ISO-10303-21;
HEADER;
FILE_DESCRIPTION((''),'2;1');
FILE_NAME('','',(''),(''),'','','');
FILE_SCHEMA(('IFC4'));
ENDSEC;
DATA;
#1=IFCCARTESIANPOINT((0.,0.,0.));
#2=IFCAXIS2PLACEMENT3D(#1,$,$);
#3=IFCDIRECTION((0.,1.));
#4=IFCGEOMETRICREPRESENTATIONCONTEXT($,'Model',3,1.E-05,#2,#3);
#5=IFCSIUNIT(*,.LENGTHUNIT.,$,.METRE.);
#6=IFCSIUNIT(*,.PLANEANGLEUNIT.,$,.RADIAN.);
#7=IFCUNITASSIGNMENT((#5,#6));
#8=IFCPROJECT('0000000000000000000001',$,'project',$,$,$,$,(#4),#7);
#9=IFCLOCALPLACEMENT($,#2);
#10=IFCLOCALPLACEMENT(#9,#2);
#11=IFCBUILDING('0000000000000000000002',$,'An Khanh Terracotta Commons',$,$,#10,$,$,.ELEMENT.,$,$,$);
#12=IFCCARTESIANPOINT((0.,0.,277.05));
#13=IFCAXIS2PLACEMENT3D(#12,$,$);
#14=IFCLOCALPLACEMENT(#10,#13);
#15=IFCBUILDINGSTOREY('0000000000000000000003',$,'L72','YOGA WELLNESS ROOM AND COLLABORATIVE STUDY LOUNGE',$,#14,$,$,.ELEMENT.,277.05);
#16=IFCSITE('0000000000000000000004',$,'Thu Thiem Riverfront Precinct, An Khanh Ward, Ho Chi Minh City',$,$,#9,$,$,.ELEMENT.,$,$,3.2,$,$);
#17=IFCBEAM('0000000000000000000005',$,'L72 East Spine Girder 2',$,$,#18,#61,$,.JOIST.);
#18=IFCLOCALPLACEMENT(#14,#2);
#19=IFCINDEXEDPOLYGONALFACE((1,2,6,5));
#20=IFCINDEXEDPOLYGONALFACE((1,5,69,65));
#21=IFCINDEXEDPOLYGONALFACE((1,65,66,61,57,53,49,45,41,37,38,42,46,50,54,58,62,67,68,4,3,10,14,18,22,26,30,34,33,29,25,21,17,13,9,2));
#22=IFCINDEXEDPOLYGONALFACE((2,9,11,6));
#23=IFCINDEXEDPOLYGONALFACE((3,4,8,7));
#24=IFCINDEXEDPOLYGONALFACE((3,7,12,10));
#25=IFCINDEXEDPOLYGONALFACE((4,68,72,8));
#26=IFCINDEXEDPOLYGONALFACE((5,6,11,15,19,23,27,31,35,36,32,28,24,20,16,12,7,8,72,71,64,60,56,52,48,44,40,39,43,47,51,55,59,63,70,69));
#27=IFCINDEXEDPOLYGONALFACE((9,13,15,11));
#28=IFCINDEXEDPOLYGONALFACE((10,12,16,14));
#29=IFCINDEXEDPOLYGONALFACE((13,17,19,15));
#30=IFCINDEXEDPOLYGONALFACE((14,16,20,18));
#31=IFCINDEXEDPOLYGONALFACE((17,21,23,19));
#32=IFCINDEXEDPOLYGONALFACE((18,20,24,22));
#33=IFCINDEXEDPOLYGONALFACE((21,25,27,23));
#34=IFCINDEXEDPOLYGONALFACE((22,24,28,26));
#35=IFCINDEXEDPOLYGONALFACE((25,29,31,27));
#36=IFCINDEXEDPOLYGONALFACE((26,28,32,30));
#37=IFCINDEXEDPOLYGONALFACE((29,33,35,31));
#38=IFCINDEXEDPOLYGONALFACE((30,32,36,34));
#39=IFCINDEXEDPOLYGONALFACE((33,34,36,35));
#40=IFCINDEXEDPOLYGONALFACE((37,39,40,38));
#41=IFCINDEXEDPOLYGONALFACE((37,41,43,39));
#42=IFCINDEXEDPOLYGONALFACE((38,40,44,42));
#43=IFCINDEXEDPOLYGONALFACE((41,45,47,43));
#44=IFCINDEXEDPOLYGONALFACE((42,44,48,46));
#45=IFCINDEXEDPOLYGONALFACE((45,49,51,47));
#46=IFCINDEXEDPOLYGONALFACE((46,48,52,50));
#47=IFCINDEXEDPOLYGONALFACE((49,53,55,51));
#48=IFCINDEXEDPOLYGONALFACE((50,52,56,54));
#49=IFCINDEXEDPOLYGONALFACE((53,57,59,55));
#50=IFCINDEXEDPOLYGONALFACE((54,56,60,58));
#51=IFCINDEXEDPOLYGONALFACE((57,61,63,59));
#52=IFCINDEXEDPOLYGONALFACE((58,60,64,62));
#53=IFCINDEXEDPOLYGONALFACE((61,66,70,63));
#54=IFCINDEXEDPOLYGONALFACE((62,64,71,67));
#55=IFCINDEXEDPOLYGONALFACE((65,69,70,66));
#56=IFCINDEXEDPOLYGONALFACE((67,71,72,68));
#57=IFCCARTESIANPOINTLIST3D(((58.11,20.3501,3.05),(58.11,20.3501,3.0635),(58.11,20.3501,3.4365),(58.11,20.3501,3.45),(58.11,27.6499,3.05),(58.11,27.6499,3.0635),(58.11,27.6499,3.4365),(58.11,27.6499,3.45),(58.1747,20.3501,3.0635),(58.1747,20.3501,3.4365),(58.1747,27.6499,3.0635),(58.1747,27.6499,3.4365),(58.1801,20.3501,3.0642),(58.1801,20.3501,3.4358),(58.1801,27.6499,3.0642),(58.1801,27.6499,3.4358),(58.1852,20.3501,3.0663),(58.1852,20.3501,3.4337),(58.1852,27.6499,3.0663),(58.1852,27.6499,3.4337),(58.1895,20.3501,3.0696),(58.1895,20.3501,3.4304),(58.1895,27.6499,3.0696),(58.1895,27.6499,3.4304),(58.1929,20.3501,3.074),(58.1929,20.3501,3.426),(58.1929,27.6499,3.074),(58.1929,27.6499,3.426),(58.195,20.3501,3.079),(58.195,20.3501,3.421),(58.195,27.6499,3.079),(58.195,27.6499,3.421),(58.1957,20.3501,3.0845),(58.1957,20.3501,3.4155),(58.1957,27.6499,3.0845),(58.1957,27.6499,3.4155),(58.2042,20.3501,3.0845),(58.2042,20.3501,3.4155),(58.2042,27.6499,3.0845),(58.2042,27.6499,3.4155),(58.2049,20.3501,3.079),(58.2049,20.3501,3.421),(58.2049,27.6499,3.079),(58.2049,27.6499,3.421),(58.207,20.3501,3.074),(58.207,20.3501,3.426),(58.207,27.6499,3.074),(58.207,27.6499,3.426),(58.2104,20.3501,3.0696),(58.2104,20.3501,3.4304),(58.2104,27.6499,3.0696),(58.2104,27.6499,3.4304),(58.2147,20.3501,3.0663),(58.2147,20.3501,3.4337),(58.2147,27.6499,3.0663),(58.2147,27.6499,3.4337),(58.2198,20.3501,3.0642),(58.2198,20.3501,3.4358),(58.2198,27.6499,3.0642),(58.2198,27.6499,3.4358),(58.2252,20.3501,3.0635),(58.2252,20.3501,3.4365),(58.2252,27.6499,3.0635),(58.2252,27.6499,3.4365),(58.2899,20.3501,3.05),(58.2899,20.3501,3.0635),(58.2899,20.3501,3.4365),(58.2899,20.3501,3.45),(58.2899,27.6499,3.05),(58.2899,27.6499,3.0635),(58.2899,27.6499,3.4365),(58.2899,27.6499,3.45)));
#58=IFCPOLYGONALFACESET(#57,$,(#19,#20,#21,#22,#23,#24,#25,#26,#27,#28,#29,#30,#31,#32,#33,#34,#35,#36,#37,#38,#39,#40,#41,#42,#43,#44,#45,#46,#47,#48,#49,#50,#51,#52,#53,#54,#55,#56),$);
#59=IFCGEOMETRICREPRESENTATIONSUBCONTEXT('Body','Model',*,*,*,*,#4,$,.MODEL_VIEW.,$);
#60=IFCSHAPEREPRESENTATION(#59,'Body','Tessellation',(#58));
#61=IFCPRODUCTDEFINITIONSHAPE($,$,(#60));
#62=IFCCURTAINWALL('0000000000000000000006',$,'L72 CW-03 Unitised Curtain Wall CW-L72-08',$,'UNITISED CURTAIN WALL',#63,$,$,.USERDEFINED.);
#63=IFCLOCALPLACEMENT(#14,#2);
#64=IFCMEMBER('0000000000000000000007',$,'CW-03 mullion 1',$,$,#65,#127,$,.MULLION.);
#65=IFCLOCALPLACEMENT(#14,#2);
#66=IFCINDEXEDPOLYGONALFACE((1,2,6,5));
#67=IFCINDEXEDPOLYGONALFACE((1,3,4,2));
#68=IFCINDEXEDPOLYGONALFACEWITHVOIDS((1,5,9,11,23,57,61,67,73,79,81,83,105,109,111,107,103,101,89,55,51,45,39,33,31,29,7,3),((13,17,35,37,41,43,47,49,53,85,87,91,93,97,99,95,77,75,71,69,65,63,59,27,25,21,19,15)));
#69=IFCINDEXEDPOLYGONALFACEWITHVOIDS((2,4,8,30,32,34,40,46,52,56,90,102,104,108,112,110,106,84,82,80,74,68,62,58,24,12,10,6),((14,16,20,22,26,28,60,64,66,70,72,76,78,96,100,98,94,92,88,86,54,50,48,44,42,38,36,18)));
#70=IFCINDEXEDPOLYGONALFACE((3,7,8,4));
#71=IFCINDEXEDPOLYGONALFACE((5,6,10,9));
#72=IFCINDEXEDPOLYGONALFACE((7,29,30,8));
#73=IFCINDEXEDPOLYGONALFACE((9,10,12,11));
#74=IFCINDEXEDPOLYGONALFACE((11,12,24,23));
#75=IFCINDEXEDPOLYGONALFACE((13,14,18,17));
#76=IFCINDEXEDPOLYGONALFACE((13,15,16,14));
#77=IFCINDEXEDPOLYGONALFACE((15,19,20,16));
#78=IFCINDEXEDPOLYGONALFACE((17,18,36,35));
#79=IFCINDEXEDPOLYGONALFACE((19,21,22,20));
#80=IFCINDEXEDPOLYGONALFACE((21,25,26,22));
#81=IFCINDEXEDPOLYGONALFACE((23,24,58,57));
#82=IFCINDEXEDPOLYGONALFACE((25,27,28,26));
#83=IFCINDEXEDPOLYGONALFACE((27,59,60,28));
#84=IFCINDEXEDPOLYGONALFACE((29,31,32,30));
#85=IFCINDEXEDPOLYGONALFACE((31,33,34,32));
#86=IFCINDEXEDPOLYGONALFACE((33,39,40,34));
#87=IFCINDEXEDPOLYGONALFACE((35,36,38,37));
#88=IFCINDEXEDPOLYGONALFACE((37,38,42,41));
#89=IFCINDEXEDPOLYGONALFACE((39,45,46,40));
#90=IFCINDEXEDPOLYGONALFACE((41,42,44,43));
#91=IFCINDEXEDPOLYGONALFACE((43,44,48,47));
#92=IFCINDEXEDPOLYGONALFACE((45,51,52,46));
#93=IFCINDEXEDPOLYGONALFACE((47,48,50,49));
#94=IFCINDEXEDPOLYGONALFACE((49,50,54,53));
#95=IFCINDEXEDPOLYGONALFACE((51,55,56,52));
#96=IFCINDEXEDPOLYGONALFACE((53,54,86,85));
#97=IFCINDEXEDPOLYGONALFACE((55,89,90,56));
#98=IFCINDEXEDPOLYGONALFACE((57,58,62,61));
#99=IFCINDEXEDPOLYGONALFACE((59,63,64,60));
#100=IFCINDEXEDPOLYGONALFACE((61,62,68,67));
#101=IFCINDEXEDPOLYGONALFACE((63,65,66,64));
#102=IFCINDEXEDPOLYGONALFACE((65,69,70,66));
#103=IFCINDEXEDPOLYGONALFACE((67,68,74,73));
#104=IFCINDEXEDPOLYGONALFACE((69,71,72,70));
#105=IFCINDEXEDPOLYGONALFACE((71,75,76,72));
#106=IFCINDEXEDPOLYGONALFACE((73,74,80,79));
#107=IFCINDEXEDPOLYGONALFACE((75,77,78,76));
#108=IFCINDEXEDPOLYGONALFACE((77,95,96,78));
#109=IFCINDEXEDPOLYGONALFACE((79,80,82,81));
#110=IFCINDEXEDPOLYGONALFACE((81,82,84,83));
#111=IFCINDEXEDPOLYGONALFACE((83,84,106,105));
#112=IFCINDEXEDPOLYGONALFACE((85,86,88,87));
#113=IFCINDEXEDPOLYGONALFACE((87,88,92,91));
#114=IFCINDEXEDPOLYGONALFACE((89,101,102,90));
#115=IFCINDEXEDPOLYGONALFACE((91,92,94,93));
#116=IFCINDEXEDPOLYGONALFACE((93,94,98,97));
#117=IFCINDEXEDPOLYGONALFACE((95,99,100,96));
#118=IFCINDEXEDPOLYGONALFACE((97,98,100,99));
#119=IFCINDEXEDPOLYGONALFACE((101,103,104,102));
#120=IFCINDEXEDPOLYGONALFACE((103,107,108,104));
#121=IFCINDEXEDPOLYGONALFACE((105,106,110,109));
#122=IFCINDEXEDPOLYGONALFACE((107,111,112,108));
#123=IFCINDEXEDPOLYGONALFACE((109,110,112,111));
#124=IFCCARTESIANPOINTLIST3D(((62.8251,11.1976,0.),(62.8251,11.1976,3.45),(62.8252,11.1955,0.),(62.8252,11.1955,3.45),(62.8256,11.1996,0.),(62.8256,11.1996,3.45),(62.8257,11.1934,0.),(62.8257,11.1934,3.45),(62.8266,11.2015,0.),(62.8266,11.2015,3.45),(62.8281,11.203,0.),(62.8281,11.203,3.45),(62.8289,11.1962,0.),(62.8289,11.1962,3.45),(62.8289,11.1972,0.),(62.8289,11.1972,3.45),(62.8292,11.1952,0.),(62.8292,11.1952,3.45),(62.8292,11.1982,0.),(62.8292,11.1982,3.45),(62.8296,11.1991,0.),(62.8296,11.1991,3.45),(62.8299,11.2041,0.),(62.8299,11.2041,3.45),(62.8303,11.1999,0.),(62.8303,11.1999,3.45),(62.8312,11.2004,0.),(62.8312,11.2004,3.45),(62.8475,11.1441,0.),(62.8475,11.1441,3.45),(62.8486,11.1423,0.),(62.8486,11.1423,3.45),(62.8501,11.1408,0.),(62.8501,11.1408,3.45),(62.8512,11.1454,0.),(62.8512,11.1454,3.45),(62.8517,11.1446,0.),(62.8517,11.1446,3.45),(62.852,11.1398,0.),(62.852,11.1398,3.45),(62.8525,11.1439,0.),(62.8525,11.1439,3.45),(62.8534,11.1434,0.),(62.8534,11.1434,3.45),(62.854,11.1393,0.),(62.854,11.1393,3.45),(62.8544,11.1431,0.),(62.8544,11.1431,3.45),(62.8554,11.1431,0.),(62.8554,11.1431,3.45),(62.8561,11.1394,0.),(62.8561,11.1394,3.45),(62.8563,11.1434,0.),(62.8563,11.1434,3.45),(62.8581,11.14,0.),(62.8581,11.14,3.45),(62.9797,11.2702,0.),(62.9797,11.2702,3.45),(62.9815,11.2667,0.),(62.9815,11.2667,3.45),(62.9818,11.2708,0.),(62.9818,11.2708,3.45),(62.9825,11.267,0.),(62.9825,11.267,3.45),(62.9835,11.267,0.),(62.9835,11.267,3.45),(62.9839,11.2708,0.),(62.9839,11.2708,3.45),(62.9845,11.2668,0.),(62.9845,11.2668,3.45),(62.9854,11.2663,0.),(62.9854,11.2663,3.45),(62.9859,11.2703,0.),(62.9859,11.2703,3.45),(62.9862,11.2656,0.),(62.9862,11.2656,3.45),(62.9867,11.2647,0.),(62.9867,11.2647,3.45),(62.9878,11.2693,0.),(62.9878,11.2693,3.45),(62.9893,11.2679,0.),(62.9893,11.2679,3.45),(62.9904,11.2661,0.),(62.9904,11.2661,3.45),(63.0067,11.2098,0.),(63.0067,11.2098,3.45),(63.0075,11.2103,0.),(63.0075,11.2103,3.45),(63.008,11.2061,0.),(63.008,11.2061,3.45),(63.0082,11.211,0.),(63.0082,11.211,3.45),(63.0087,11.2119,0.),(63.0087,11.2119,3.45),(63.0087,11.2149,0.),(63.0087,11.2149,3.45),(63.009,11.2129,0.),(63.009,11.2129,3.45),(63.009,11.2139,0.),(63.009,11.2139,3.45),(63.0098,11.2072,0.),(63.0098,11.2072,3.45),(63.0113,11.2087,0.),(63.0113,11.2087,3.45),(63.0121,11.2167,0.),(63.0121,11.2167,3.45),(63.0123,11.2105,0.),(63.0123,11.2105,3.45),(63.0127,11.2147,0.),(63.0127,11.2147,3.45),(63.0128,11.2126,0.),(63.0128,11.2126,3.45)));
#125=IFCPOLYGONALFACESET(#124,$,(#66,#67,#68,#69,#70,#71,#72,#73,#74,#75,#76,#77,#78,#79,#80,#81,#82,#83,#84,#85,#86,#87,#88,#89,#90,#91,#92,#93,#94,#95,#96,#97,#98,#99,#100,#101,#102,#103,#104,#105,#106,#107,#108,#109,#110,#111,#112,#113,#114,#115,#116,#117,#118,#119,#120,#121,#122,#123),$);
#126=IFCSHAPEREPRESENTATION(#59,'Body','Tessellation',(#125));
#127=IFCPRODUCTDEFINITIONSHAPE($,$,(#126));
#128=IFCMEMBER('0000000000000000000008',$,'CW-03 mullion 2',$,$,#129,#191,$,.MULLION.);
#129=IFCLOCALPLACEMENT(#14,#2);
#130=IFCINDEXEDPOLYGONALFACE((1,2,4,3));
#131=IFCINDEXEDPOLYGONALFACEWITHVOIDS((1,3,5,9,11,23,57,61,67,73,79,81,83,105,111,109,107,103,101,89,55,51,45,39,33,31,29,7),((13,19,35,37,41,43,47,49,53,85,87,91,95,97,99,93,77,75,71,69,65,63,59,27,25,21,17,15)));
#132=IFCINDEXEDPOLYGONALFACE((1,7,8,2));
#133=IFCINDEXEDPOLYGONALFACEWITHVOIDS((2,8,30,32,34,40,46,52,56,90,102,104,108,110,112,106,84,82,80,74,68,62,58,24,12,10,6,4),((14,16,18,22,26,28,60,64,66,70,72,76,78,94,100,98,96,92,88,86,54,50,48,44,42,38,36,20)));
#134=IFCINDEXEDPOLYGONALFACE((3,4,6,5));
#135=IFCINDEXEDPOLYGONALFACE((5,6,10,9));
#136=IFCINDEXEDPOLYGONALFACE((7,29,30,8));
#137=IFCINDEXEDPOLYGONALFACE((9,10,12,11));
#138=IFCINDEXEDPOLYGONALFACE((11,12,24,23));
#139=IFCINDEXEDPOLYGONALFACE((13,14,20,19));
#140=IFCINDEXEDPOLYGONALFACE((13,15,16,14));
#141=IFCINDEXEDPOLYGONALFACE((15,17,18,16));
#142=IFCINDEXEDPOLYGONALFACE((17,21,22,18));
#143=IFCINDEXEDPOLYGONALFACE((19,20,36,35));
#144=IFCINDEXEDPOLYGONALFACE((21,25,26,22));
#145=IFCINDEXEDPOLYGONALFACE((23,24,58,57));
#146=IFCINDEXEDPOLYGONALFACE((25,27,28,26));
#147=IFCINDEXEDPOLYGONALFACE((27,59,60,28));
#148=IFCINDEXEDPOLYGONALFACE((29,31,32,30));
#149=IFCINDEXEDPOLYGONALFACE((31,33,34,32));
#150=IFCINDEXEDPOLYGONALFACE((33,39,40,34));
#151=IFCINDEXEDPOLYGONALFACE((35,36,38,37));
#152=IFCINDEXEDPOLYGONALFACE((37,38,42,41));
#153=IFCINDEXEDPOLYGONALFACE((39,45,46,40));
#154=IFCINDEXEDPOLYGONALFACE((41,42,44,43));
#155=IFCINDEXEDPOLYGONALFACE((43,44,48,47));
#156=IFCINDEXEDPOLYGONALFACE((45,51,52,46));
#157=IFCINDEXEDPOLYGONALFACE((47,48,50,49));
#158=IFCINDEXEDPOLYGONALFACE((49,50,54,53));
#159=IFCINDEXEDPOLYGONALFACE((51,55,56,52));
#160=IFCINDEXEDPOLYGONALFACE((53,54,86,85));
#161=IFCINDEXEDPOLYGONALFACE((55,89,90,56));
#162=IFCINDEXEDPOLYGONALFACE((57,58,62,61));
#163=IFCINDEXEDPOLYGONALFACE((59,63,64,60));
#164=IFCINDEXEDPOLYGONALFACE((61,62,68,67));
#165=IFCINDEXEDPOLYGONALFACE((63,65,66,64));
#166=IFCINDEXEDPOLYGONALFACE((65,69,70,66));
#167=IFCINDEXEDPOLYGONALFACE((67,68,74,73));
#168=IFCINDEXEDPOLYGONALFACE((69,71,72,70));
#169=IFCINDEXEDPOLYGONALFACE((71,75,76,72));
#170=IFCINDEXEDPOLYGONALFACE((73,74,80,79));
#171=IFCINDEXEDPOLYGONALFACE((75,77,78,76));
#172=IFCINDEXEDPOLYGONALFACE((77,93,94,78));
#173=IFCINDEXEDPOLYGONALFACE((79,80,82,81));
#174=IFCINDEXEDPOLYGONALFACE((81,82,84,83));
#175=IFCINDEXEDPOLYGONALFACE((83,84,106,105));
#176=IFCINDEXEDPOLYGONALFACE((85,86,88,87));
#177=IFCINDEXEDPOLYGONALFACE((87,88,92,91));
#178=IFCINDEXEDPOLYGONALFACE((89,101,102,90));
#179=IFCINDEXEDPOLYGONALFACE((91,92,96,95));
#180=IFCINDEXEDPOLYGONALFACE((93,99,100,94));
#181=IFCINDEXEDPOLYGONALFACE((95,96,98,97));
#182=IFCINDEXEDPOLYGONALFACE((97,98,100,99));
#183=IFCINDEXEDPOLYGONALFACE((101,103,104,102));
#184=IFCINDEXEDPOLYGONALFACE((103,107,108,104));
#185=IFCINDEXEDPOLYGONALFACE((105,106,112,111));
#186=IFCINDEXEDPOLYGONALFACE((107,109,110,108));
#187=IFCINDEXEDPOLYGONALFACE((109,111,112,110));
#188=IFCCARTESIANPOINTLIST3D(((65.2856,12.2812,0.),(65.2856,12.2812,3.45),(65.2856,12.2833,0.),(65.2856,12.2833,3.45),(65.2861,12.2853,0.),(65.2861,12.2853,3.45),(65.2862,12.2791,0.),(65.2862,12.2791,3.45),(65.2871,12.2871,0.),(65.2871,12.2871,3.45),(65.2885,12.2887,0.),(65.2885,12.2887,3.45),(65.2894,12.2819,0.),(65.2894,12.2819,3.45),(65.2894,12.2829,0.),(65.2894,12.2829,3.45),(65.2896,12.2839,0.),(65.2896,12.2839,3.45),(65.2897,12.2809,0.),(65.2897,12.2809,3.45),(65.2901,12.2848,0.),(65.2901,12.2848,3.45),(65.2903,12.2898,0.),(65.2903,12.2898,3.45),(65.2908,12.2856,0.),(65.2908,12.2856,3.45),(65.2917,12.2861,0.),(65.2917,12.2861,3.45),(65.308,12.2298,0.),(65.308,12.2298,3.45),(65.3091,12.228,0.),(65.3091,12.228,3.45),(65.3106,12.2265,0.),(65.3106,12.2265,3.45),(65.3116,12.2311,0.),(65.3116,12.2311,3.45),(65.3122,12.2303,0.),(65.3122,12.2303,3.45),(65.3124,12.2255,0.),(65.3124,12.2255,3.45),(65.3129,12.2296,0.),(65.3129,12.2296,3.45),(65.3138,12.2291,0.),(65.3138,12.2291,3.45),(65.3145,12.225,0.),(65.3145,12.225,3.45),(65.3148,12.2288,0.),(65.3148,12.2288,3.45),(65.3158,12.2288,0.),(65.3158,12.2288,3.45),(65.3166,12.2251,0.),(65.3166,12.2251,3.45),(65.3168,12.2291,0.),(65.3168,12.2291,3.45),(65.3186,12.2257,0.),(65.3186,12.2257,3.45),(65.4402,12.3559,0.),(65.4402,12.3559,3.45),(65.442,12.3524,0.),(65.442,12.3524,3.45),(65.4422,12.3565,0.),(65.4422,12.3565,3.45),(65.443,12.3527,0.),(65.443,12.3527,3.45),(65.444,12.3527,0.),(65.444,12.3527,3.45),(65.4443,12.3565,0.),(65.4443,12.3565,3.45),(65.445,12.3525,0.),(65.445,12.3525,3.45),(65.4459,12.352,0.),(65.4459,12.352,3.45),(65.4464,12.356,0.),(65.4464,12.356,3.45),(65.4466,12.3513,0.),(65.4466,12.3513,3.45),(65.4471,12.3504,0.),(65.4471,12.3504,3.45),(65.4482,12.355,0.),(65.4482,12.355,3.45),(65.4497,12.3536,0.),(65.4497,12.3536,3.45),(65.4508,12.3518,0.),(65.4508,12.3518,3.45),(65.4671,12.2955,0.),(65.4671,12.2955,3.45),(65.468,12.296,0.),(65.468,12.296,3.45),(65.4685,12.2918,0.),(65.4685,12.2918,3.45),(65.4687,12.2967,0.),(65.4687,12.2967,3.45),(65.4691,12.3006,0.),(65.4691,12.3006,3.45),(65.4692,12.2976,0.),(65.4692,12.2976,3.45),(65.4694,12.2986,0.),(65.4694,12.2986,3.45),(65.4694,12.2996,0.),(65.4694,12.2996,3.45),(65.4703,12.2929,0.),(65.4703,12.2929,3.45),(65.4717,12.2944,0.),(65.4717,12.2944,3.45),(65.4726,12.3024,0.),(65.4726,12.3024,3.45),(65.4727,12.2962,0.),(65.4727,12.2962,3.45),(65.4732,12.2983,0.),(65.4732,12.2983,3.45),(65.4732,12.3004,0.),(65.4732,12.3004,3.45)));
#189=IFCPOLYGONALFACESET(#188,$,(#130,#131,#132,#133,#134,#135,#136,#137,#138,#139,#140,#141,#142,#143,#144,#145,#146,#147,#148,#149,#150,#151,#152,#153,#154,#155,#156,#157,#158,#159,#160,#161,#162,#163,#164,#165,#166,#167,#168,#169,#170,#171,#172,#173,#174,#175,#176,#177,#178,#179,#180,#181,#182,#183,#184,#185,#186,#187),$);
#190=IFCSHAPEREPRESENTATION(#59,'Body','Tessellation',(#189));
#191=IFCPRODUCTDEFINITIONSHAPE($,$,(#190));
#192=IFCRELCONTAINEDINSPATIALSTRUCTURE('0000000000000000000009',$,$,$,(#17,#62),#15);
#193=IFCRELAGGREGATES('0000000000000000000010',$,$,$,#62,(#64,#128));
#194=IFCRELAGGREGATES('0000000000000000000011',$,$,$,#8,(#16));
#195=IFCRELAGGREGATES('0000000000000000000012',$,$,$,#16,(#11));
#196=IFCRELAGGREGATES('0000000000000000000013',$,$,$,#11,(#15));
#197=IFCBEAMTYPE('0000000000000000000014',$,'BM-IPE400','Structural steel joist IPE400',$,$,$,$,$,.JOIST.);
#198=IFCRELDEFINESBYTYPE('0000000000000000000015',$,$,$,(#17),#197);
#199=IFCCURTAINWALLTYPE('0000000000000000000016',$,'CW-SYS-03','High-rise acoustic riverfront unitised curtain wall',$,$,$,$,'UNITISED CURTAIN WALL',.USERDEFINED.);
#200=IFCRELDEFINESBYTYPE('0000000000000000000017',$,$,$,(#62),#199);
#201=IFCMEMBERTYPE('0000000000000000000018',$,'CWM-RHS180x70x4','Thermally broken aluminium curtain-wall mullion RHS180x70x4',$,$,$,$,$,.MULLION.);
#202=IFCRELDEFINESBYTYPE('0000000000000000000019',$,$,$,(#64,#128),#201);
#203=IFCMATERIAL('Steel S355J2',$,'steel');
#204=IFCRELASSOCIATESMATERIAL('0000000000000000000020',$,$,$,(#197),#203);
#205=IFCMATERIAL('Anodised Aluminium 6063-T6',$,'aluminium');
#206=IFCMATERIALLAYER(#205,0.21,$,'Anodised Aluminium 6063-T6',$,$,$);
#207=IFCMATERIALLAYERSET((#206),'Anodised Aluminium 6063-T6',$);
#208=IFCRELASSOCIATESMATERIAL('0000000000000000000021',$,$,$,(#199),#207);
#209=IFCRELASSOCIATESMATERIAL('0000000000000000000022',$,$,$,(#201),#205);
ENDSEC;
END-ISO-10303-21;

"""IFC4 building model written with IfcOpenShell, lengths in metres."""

from ifc_helpers import new_model, si_unit, direction, frame, origin, origin_2d, place, context, subcontext, project, spatial, hollow_rectangle, i_section, extrude, material, layer, layer_set, material_profile, profile_set, type_object, element, aggregate, save


model = new_model("IFC4")

# Units and contexts
model_context = context("Model", 3, precision=1e-05, world=origin(), true_north=direction((0.0, 1.0)))
body_context = subcontext(model_context, "Body", "Model", "MODEL_VIEW")
ifc_project = project(units=[si_unit("LENGTHUNIT", "METRE"), si_unit("PLANEANGLEUNIT", "RADIAN")], contexts=[model_context])

# Site, building, storey
site_placement = place(None, origin())
site = spatial("IfcSite", under=ifc_project, at=site_placement, Name="Thu Thiem Riverfront Precinct, An Khanh Ward, Ho Chi Minh City", CompositionType="ELEMENT", RefElevation=3.2)
building_placement = place(site_placement, origin())
building = spatial("IfcBuilding", under=site, at=building_placement, Name="An Khanh Terracotta Commons", CompositionType="ELEMENT")
storey_placement = place(building_placement, frame((0.0, 0.0, 277.05)))
storey = spatial("IfcBuildingStorey", under=building, at=storey_placement, Name="L72", Description="YOGA WELLNESS ROOM AND COLLABORATIVE STUDY LOUNGE", CompositionType="ELEMENT", Elevation=277.05)

# Beam
ifc_material_1 = material(Name="Steel S355J2", Category="steel")
ifc_material_profile_1 = material_profile(ifc_material_1, i_section(OverallWidth=0.1799, OverallDepth=0.3999, WebThickness=0.0085, FlangeThickness=0.0134, FilletRadius=0.021, at=origin_2d()), Name="IPE400")
ifc_profile_set_1 = profile_set([ifc_material_profile_1], Name="Steel S355J2")
beam_type_1 = type_object("IfcBeamType", Name="BM-IPE400", Description="Structural steel joist IPE400", PredefinedType="JOIST", material=ifc_profile_set_1)
beam_1_placement = place(storey_placement, frame((58.2, 20.3501, 3.25), z_axis=(0.0, 1.0, 0.0), x_axis=(-1.0, 0.0, 0.0)))
element("IfcBeam", 1, at=beam_1_placement, inside=storey, type_object=beam_type_1, Name="L72 East Spine Girder 2", PredefinedType="JOIST", context=body_context, shape_type="SweptSolid", body=[
    extrude(i_section(OverallWidth=0.1799, OverallDepth=0.3999, WebThickness=0.0085, FlangeThickness=0.0134, FilletRadius=0.021, at=origin_2d()), origin(), (0.0, 0.0, 1.0), 7.2998),
])

# Curtain wall, members
ifc_material_2 = material(Name="Anodised Aluminium 6063-T6", Category="aluminium")
ifc_layer_1 = layer(ifc_material_2, 0.21, Name="Anodised Aluminium 6063-T6")
ifc_layer_set_1 = layer_set([ifc_layer_1], Name="Anodised Aluminium 6063-T6")
curtain_wall_type = type_object("IfcCurtainWallType", Name="CW-SYS-03", Description="High-rise acoustic riverfront unitised curtain wall", ElementType="UNITISED CURTAIN WALL", PredefinedType="USERDEFINED", material=ifc_layer_set_1)
curtain_wall_placement = place(storey_placement, origin())
curtain_wall = element("IfcCurtainWall", 2, at=curtain_wall_placement, inside=storey, type_object=curtain_wall_type, Name="L72 CW-03 Unitised Curtain Wall CW-L72-08", ObjectType="UNITISED CURTAIN WALL", PredefinedType="USERDEFINED")
ifc_material_profile_2 = material_profile(ifc_material_2, hollow_rectangle(XDim=0.0701, YDim=0.1799, WallThickness=0.0039, InnerFilletRadius=0.0039, OuterFilletRadius=0.0081, at=origin_2d()), Name="RHS180x70x4")
ifc_profile_set_2 = profile_set([ifc_material_profile_2], Name="Anodised Aluminium 6063-T6")
member_type_1 = type_object("IfcMemberType", Name="CWM-RHS180x70x4", Description="Thermally broken aluminium curtain-wall mullion RHS180x70x4", PredefinedType="MULLION", material=ifc_profile_set_2)
member_1_placement = place(storey_placement, frame((62.9189, 11.2051, 0.0), z_axis=(0.0, 0.0, 1.0), x_axis=(-0.403676, 0.914902, 0.0)))
member_1 = element("IfcMember", 3, at=member_1_placement, type_object=member_type_1, Name="CW-03 mullion 1", PredefinedType="MULLION", context=body_context, shape_type="SweptSolid", body=[
    extrude(hollow_rectangle(XDim=0.0701, YDim=0.1799, WallThickness=0.0039, InnerFilletRadius=0.0039, OuterFilletRadius=0.0081, at=origin_2d()), origin(), (0.0, 0.0, 1.0), 3.45),
])
member_2_placement = place(storey_placement, frame((65.3794, 12.2908, 0.0), z_axis=(0.0, 0.0, 1.0), x_axis=(-0.403676, 0.914902, 0.0)))
member_2 = element("IfcMember", 4, at=member_2_placement, type_object=member_type_1, Name="CW-03 mullion 2", PredefinedType="MULLION", context=body_context, shape_type="SweptSolid", body=[
    extrude(hollow_rectangle(XDim=0.0701, YDim=0.1799, WallThickness=0.0039, InnerFilletRadius=0.0039, OuterFilletRadius=0.0081, at=origin_2d()), origin(), (0.0, 0.0, 1.0), 3.45),
])
aggregate(curtain_wall, [member_1, member_2])

save(model, "model.ifc")
